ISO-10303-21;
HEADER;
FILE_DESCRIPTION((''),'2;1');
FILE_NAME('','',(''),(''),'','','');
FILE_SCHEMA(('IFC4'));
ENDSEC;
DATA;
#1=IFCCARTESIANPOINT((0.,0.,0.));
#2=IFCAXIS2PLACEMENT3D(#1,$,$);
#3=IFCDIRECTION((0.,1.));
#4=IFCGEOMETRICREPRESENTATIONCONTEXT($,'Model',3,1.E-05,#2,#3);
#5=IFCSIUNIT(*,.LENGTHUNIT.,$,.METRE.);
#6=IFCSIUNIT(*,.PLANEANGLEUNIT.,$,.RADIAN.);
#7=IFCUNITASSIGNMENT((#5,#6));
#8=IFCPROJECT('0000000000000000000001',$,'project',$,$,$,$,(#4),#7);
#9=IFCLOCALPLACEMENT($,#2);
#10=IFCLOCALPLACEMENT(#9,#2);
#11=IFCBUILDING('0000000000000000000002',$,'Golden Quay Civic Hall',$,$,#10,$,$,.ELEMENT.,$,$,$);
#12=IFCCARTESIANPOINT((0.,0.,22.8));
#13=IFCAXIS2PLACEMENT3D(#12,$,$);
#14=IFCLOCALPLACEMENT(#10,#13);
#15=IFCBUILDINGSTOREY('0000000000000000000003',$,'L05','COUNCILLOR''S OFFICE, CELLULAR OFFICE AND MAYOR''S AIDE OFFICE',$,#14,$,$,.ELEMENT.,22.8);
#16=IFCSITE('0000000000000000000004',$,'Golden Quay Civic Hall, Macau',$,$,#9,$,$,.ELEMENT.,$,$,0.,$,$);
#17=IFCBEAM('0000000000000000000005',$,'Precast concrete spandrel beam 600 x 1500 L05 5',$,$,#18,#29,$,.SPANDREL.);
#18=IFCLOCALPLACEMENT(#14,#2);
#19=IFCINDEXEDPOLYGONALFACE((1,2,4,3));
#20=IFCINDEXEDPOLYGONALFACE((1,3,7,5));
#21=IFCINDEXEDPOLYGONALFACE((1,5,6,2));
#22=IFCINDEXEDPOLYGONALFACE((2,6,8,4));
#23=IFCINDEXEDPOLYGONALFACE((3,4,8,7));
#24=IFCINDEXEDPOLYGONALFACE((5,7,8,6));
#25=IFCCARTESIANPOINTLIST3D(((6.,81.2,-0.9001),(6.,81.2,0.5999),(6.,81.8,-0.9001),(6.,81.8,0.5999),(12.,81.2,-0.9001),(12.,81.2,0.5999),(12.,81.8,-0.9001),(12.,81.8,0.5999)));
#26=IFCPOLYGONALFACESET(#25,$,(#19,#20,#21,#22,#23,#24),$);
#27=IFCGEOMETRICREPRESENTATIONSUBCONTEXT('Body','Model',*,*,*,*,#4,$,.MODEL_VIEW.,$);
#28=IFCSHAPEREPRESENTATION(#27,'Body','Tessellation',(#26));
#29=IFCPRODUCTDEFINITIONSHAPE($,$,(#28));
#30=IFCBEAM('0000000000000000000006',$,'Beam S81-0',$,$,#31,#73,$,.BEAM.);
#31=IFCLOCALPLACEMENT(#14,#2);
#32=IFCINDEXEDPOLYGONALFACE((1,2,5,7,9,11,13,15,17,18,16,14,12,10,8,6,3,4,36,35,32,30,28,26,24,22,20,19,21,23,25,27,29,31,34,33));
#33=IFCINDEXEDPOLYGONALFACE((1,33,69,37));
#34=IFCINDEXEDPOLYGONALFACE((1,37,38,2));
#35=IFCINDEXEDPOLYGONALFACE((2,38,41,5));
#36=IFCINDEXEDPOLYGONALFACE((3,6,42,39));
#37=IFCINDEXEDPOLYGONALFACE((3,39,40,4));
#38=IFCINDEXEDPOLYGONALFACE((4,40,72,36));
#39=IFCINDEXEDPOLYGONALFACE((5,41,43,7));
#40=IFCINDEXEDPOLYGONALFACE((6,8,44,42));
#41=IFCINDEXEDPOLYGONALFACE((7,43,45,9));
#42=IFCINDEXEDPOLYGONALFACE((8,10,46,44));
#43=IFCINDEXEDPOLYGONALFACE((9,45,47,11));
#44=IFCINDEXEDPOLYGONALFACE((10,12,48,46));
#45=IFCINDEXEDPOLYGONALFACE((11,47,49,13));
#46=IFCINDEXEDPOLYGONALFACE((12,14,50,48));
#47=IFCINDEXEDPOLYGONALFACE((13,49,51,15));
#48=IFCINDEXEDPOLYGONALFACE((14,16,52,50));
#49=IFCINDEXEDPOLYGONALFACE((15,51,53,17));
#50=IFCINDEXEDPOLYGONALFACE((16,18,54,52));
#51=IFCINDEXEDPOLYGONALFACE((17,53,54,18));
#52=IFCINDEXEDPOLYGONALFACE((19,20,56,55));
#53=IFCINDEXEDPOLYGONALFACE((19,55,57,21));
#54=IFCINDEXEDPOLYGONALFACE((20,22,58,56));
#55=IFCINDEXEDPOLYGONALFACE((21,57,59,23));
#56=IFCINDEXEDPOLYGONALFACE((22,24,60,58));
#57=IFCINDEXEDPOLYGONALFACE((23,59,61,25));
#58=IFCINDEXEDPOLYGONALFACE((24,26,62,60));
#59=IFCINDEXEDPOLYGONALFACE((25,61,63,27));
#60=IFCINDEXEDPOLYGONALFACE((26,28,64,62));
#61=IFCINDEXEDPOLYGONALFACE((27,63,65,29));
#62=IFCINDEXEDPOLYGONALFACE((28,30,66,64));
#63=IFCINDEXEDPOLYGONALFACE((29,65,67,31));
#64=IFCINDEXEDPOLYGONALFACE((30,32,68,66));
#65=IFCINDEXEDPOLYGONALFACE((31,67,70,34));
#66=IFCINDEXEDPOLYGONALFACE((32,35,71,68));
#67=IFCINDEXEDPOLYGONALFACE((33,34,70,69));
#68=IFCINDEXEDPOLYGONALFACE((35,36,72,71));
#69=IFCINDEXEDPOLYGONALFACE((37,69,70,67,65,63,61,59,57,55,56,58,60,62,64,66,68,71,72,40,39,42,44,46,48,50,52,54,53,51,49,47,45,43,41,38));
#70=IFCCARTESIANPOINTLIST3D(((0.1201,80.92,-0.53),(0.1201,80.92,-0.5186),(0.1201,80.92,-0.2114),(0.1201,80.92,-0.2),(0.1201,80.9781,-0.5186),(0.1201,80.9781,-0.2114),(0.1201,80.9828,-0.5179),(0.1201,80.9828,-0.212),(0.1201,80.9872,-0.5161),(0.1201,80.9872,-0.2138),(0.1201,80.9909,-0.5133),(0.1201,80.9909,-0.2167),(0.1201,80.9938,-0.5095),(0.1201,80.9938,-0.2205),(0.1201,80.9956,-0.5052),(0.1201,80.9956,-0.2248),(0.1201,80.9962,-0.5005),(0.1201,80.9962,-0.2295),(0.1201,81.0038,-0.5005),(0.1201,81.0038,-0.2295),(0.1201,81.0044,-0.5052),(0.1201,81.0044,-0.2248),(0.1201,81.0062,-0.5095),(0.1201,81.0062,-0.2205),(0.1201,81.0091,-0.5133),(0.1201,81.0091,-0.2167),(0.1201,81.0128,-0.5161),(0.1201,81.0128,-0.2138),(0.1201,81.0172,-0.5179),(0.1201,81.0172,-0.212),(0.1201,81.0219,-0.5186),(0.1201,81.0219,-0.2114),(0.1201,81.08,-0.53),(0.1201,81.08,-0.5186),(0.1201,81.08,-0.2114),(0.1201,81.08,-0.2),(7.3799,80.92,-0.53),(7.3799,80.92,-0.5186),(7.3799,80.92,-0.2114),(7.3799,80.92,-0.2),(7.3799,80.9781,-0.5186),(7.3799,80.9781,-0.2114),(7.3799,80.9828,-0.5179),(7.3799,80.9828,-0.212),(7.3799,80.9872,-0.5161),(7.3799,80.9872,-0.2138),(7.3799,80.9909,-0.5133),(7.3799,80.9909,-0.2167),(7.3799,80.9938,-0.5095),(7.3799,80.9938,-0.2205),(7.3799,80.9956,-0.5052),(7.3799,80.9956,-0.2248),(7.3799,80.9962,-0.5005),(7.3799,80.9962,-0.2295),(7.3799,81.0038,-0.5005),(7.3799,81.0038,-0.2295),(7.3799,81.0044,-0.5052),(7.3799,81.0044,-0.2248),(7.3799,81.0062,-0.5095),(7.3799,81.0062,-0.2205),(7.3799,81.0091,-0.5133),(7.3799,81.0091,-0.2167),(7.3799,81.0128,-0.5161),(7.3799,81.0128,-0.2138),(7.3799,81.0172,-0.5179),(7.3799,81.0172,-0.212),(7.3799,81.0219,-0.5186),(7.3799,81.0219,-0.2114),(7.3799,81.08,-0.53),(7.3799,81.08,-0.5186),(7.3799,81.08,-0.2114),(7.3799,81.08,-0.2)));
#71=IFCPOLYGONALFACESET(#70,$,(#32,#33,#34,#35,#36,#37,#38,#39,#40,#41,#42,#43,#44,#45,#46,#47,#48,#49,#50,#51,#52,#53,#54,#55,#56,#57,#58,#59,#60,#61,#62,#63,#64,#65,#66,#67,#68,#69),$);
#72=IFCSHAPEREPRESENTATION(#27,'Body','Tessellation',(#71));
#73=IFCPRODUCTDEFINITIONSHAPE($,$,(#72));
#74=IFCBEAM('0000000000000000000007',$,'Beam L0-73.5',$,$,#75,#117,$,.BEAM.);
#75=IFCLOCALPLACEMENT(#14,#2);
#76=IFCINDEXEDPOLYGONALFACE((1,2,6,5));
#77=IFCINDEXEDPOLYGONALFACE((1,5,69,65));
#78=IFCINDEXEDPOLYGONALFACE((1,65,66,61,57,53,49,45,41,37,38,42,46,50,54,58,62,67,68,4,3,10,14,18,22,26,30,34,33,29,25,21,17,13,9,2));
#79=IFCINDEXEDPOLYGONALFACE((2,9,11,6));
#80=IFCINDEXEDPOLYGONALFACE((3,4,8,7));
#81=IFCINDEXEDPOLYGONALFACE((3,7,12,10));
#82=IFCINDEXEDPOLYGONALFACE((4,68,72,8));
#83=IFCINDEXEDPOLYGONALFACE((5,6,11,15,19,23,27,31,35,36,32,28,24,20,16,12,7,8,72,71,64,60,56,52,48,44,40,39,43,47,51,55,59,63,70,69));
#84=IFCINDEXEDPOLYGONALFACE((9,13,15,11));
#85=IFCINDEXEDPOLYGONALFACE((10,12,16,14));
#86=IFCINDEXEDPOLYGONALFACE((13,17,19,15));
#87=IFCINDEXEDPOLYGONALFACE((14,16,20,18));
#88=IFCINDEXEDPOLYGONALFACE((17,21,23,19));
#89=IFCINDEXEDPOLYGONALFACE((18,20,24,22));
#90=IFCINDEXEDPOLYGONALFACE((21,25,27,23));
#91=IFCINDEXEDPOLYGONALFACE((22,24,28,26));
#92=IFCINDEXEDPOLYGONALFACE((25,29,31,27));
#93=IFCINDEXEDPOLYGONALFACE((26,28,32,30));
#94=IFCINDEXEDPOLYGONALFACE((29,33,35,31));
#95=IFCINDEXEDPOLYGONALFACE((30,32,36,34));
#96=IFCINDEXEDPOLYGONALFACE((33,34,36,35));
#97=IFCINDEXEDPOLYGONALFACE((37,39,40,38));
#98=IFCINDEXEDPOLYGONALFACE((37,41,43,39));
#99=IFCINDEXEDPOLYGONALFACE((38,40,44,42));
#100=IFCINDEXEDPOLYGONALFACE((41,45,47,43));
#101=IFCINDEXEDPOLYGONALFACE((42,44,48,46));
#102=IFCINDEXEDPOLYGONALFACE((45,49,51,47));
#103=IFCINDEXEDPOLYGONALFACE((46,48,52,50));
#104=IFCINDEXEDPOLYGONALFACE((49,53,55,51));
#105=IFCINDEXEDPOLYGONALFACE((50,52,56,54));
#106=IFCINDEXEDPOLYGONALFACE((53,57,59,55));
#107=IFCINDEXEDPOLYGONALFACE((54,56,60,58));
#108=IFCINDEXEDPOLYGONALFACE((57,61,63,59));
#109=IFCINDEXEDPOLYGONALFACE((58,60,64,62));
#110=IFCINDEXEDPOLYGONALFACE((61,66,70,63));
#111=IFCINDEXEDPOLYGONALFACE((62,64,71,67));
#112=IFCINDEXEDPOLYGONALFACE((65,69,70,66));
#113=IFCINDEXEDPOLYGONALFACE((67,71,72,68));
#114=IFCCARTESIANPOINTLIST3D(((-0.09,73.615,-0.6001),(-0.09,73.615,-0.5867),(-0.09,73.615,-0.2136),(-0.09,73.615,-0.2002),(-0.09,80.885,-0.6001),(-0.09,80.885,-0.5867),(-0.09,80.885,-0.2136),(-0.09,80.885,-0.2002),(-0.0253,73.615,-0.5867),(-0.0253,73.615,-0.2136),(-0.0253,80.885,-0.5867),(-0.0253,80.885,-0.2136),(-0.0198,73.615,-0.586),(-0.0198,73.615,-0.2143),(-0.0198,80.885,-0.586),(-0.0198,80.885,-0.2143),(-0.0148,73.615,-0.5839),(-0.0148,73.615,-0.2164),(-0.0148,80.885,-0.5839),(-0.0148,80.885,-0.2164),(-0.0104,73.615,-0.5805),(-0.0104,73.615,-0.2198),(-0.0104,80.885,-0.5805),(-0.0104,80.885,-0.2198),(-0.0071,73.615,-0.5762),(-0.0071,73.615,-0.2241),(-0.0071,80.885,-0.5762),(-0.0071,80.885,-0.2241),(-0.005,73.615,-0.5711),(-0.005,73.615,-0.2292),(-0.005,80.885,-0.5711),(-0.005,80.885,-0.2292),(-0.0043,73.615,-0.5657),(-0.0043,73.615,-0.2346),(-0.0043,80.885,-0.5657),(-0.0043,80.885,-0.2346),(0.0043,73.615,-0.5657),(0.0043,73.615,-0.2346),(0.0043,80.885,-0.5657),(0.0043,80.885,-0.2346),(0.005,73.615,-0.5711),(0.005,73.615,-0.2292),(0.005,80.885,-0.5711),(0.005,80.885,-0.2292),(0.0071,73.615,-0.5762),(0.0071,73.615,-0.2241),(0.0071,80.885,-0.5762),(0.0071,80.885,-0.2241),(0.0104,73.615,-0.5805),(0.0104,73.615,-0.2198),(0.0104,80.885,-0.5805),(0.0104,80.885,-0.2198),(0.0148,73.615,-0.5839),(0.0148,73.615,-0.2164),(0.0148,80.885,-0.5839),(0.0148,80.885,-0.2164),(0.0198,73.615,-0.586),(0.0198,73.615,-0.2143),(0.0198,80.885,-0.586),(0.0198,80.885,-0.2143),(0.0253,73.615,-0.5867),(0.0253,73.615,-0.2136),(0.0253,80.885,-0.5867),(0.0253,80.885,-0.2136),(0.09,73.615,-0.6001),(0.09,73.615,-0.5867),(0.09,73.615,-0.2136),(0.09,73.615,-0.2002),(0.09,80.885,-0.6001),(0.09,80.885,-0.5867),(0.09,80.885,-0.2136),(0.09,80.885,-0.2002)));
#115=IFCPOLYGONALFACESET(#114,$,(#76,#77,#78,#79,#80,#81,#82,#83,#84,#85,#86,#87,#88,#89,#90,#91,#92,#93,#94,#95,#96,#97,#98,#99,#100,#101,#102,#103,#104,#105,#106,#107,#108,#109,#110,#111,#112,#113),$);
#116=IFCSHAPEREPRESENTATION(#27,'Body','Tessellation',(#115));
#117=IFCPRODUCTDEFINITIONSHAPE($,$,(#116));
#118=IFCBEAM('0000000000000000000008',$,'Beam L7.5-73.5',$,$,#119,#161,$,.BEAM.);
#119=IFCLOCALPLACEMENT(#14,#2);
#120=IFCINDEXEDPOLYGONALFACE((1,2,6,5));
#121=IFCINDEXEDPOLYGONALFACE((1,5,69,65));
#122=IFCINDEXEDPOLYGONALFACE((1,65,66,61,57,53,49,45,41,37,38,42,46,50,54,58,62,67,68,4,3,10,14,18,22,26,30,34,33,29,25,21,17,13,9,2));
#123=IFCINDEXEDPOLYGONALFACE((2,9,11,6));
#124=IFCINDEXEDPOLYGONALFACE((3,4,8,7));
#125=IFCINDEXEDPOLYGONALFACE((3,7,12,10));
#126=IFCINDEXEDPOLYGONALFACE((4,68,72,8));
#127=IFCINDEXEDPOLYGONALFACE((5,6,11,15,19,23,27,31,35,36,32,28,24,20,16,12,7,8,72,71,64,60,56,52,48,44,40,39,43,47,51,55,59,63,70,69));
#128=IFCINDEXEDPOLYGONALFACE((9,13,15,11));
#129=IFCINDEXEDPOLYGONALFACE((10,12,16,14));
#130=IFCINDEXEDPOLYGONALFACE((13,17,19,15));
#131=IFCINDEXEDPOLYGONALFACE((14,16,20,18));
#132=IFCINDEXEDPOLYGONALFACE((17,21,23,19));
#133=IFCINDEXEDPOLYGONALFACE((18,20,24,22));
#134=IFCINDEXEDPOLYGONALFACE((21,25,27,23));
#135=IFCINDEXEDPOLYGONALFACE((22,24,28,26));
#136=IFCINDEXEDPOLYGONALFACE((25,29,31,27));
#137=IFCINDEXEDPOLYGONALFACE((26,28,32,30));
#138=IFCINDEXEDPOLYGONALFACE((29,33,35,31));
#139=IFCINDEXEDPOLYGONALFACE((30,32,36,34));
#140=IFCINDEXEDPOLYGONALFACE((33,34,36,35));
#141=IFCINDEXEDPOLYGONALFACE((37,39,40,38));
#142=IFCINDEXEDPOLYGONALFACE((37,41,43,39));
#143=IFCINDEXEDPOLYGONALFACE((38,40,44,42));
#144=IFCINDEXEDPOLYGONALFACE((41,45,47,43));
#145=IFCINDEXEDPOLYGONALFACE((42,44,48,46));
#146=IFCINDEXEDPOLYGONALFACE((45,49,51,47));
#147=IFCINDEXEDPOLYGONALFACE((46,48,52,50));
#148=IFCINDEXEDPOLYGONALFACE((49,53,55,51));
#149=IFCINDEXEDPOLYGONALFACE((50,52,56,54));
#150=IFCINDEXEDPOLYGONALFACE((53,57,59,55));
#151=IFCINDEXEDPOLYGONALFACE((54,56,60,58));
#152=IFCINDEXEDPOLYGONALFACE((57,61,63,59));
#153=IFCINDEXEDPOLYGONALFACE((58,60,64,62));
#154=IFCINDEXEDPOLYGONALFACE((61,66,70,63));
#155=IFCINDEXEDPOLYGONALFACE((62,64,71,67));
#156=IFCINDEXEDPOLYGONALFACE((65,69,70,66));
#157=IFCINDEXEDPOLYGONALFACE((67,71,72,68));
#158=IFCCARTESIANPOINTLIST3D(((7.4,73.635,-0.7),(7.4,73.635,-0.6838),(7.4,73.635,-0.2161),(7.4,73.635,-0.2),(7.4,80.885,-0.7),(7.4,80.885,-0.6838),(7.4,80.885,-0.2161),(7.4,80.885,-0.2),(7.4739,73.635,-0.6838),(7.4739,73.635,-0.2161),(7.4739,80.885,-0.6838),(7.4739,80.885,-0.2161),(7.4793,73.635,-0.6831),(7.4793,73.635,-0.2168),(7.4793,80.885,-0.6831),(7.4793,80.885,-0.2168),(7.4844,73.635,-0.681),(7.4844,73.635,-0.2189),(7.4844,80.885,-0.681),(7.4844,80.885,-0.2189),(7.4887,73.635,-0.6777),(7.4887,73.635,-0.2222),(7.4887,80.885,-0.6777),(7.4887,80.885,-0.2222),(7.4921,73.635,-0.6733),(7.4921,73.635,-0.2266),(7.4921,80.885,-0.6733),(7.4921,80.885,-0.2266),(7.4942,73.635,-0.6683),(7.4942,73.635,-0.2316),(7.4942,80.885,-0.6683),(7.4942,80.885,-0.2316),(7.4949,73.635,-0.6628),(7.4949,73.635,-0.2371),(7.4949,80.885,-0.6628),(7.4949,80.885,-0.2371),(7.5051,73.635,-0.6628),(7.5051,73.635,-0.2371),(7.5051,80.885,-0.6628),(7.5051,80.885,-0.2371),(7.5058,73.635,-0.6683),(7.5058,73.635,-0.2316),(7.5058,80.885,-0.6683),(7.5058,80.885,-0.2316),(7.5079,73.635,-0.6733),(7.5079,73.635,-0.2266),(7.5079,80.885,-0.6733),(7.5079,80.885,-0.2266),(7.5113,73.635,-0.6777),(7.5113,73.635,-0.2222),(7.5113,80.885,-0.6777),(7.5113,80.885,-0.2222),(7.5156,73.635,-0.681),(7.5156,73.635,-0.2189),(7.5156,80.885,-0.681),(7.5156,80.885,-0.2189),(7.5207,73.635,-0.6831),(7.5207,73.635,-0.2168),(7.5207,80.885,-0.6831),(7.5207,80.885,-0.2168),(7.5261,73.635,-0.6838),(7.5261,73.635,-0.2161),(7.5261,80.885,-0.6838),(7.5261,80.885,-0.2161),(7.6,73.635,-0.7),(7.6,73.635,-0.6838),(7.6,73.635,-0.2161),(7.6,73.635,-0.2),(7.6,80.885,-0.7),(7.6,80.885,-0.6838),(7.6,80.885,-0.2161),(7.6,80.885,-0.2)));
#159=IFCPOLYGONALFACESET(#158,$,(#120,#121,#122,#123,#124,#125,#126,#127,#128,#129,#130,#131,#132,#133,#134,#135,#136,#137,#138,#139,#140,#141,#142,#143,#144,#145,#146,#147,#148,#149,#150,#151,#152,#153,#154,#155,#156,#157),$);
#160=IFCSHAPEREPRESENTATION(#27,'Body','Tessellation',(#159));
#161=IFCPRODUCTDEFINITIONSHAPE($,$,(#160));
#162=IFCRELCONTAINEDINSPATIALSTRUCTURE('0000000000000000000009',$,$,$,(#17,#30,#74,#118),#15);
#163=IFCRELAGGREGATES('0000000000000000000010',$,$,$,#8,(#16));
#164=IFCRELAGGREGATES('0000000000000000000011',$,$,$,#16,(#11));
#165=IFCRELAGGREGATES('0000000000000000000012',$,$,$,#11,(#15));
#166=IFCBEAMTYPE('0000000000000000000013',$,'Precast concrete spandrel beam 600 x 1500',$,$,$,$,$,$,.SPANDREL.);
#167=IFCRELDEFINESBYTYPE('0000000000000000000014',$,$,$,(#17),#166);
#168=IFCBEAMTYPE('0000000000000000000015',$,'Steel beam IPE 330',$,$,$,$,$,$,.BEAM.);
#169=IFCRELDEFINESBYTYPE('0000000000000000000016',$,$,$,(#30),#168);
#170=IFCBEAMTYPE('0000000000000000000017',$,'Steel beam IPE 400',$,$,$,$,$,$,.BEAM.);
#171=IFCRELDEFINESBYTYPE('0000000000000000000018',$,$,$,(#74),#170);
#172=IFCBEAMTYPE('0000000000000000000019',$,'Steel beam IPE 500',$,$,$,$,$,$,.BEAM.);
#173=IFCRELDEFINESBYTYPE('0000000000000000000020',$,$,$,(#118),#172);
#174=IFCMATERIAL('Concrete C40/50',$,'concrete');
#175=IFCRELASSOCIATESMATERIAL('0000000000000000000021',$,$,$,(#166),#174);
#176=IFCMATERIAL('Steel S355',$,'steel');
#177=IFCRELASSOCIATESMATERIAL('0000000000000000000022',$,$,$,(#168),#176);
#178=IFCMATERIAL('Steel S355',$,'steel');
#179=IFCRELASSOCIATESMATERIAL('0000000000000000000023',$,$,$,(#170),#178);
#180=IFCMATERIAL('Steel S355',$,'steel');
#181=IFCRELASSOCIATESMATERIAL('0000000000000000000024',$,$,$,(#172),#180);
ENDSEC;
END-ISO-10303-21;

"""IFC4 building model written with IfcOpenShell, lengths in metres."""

from ifc_helpers import new_model, si_unit, direction, frame, origin, origin_2d, place, context, subcontext, project, spatial, rectangle, i_section, extrude, material, material_profile, profile_set, type_object, element, save


model = new_model("IFC4")

# Units and contexts
model_context = context("Model", 3, precision=1e-05, world=origin(), true_north=direction((0.0, 1.0)))
body_context = subcontext(model_context, "Body", "Model", "MODEL_VIEW")
ifc_project = project(units=[si_unit("LENGTHUNIT", "METRE"), si_unit("PLANEANGLEUNIT", "RADIAN")], contexts=[model_context])

# Site, building, storey
site_placement = place(None, origin())
site = spatial("IfcSite", under=ifc_project, at=site_placement, Name="Golden Quay Civic Hall, Macau", CompositionType="ELEMENT", RefElevation=0.0)
building_placement = place(site_placement, origin())
building = spatial("IfcBuilding", under=site, at=building_placement, Name="Golden Quay Civic Hall", CompositionType="ELEMENT")
storey_placement = place(building_placement, frame((0.0, 0.0, 22.8)))
storey = spatial("IfcBuildingStorey", under=building, at=storey_placement, Name="L05", Description="COUNCILLOR'S OFFICE, CELLULAR OFFICE AND MAYOR'S AIDE OFFICE", CompositionType="ELEMENT", Elevation=22.8)

# Beams
ifc_material_1 = material(Name="Concrete C40/50", Category="concrete")
ifc_material_profile_1 = material_profile(ifc_material_1, rectangle(XDim=0.6001, YDim=1.5, at=origin_2d()), Name="RC 600x1500")
ifc_profile_set_1 = profile_set([ifc_material_profile_1], Name="Concrete C40/50")
beam_type_1 = type_object("IfcBeamType", Name="Precast concrete spandrel beam 600 x 1500", PredefinedType="SPANDREL", material=ifc_profile_set_1)
beam_1_placement = place(storey_placement, frame((6.0, 81.5, -0.1501), z_axis=(1.0, 0.0, 0.0), x_axis=(0.0, 1.0, 0.0)))
element("IfcBeam", 1, at=beam_1_placement, inside=storey, type_object=beam_type_1, Name="Precast concrete spandrel beam 600 x 1500 L05 5", PredefinedType="SPANDREL", context=body_context, shape_type="SweptSolid", body=[
    extrude(rectangle(XDim=0.6001, YDim=1.5, at=origin_2d()), origin(), (0.0, 0.0, 1.0), 6.0),
])
ifc_material_2 = material(Name="Steel S355", Category="steel")
ifc_material_profile_2 = material_profile(ifc_material_2, i_section(OverallWidth=0.1599, OverallDepth=0.3301, WebThickness=0.0076, FlangeThickness=0.0115, FilletRadius=0.0181, at=origin_2d()), Name="IPE 330")
ifc_profile_set_2 = profile_set([ifc_material_profile_2], Name="Steel S355")
beam_type_2 = type_object("IfcBeamType", Name="Steel beam IPE 330", PredefinedType="BEAM", material=ifc_profile_set_2)
beam_2_placement = place(storey_placement, frame((0.1201, 81.0, -0.365), z_axis=(1.0, 0.0, 0.0), x_axis=(0.0, 1.0, 0.0)))
element("IfcBeam", 2, at=beam_2_placement, inside=storey, type_object=beam_type_2, Name="Beam S81-0", PredefinedType="BEAM", context=body_context, shape_type="SweptSolid", body=[
    extrude(i_section(OverallWidth=0.1599, OverallDepth=0.3301, WebThickness=0.0076, FlangeThickness=0.0115, FilletRadius=0.0181, at=origin_2d()), origin(), (0.0, 0.0, 1.0), 7.2598),
])
ifc_material_3 = material(Name="Steel S355", Category="steel")
ifc_material_profile_3 = material_profile(ifc_material_3, i_section(OverallWidth=0.1799, OverallDepth=0.3999, WebThickness=0.0085, FlangeThickness=0.0134, FilletRadius=0.021, at=origin_2d()), Name="IPE 400")
ifc_profile_set_3 = profile_set([ifc_material_profile_3], Name="Steel S355")
beam_type_3 = type_object("IfcBeamType", Name="Steel beam IPE 400", PredefinedType="BEAM", material=ifc_profile_set_3)
beam_3_placement = place(storey_placement, frame((0.0, 73.615, -0.4001), z_axis=(0.0, 1.0, 0.0), x_axis=(-1.0, 0.0, 0.0)))
element("IfcBeam", 3, at=beam_3_placement, inside=storey, type_object=beam_type_3, Name="Beam L0-73.5", PredefinedType="BEAM", context=body_context, shape_type="SweptSolid", body=[
    extrude(i_section(OverallWidth=0.1799, OverallDepth=0.3999, WebThickness=0.0085, FlangeThickness=0.0134, FilletRadius=0.021, at=origin_2d()), origin(), (0.0, 0.0, 1.0), 7.27),
])
ifc_material_4 = material(Name="Steel S355", Category="steel")
ifc_material_profile_4 = material_profile(ifc_material_4, i_section(OverallWidth=0.2, OverallDepth=0.5, WebThickness=0.0103, FlangeThickness=0.0161, FilletRadius=0.021, at=origin_2d()), Name="IPE 500")
ifc_profile_set_4 = profile_set([ifc_material_profile_4], Name="Steel S355")
beam_type_4 = type_object("IfcBeamType", Name="Steel beam IPE 500", PredefinedType="BEAM", material=ifc_profile_set_4)
beam_4_placement = place(storey_placement, frame((7.5, 73.635, -0.45), z_axis=(0.0, 1.0, 0.0), x_axis=(-1.0, 0.0, 0.0)))
element("IfcBeam", 4, at=beam_4_placement, inside=storey, type_object=beam_type_4, Name="Beam L7.5-73.5", PredefinedType="BEAM", context=body_context, shape_type="SweptSolid", body=[
    extrude(i_section(OverallWidth=0.2, OverallDepth=0.5, WebThickness=0.0103, FlangeThickness=0.0161, FilletRadius=0.021, at=origin_2d()), origin(), (0.0, 0.0, 1.0), 7.25),
])

save(model, "model.ifc")
